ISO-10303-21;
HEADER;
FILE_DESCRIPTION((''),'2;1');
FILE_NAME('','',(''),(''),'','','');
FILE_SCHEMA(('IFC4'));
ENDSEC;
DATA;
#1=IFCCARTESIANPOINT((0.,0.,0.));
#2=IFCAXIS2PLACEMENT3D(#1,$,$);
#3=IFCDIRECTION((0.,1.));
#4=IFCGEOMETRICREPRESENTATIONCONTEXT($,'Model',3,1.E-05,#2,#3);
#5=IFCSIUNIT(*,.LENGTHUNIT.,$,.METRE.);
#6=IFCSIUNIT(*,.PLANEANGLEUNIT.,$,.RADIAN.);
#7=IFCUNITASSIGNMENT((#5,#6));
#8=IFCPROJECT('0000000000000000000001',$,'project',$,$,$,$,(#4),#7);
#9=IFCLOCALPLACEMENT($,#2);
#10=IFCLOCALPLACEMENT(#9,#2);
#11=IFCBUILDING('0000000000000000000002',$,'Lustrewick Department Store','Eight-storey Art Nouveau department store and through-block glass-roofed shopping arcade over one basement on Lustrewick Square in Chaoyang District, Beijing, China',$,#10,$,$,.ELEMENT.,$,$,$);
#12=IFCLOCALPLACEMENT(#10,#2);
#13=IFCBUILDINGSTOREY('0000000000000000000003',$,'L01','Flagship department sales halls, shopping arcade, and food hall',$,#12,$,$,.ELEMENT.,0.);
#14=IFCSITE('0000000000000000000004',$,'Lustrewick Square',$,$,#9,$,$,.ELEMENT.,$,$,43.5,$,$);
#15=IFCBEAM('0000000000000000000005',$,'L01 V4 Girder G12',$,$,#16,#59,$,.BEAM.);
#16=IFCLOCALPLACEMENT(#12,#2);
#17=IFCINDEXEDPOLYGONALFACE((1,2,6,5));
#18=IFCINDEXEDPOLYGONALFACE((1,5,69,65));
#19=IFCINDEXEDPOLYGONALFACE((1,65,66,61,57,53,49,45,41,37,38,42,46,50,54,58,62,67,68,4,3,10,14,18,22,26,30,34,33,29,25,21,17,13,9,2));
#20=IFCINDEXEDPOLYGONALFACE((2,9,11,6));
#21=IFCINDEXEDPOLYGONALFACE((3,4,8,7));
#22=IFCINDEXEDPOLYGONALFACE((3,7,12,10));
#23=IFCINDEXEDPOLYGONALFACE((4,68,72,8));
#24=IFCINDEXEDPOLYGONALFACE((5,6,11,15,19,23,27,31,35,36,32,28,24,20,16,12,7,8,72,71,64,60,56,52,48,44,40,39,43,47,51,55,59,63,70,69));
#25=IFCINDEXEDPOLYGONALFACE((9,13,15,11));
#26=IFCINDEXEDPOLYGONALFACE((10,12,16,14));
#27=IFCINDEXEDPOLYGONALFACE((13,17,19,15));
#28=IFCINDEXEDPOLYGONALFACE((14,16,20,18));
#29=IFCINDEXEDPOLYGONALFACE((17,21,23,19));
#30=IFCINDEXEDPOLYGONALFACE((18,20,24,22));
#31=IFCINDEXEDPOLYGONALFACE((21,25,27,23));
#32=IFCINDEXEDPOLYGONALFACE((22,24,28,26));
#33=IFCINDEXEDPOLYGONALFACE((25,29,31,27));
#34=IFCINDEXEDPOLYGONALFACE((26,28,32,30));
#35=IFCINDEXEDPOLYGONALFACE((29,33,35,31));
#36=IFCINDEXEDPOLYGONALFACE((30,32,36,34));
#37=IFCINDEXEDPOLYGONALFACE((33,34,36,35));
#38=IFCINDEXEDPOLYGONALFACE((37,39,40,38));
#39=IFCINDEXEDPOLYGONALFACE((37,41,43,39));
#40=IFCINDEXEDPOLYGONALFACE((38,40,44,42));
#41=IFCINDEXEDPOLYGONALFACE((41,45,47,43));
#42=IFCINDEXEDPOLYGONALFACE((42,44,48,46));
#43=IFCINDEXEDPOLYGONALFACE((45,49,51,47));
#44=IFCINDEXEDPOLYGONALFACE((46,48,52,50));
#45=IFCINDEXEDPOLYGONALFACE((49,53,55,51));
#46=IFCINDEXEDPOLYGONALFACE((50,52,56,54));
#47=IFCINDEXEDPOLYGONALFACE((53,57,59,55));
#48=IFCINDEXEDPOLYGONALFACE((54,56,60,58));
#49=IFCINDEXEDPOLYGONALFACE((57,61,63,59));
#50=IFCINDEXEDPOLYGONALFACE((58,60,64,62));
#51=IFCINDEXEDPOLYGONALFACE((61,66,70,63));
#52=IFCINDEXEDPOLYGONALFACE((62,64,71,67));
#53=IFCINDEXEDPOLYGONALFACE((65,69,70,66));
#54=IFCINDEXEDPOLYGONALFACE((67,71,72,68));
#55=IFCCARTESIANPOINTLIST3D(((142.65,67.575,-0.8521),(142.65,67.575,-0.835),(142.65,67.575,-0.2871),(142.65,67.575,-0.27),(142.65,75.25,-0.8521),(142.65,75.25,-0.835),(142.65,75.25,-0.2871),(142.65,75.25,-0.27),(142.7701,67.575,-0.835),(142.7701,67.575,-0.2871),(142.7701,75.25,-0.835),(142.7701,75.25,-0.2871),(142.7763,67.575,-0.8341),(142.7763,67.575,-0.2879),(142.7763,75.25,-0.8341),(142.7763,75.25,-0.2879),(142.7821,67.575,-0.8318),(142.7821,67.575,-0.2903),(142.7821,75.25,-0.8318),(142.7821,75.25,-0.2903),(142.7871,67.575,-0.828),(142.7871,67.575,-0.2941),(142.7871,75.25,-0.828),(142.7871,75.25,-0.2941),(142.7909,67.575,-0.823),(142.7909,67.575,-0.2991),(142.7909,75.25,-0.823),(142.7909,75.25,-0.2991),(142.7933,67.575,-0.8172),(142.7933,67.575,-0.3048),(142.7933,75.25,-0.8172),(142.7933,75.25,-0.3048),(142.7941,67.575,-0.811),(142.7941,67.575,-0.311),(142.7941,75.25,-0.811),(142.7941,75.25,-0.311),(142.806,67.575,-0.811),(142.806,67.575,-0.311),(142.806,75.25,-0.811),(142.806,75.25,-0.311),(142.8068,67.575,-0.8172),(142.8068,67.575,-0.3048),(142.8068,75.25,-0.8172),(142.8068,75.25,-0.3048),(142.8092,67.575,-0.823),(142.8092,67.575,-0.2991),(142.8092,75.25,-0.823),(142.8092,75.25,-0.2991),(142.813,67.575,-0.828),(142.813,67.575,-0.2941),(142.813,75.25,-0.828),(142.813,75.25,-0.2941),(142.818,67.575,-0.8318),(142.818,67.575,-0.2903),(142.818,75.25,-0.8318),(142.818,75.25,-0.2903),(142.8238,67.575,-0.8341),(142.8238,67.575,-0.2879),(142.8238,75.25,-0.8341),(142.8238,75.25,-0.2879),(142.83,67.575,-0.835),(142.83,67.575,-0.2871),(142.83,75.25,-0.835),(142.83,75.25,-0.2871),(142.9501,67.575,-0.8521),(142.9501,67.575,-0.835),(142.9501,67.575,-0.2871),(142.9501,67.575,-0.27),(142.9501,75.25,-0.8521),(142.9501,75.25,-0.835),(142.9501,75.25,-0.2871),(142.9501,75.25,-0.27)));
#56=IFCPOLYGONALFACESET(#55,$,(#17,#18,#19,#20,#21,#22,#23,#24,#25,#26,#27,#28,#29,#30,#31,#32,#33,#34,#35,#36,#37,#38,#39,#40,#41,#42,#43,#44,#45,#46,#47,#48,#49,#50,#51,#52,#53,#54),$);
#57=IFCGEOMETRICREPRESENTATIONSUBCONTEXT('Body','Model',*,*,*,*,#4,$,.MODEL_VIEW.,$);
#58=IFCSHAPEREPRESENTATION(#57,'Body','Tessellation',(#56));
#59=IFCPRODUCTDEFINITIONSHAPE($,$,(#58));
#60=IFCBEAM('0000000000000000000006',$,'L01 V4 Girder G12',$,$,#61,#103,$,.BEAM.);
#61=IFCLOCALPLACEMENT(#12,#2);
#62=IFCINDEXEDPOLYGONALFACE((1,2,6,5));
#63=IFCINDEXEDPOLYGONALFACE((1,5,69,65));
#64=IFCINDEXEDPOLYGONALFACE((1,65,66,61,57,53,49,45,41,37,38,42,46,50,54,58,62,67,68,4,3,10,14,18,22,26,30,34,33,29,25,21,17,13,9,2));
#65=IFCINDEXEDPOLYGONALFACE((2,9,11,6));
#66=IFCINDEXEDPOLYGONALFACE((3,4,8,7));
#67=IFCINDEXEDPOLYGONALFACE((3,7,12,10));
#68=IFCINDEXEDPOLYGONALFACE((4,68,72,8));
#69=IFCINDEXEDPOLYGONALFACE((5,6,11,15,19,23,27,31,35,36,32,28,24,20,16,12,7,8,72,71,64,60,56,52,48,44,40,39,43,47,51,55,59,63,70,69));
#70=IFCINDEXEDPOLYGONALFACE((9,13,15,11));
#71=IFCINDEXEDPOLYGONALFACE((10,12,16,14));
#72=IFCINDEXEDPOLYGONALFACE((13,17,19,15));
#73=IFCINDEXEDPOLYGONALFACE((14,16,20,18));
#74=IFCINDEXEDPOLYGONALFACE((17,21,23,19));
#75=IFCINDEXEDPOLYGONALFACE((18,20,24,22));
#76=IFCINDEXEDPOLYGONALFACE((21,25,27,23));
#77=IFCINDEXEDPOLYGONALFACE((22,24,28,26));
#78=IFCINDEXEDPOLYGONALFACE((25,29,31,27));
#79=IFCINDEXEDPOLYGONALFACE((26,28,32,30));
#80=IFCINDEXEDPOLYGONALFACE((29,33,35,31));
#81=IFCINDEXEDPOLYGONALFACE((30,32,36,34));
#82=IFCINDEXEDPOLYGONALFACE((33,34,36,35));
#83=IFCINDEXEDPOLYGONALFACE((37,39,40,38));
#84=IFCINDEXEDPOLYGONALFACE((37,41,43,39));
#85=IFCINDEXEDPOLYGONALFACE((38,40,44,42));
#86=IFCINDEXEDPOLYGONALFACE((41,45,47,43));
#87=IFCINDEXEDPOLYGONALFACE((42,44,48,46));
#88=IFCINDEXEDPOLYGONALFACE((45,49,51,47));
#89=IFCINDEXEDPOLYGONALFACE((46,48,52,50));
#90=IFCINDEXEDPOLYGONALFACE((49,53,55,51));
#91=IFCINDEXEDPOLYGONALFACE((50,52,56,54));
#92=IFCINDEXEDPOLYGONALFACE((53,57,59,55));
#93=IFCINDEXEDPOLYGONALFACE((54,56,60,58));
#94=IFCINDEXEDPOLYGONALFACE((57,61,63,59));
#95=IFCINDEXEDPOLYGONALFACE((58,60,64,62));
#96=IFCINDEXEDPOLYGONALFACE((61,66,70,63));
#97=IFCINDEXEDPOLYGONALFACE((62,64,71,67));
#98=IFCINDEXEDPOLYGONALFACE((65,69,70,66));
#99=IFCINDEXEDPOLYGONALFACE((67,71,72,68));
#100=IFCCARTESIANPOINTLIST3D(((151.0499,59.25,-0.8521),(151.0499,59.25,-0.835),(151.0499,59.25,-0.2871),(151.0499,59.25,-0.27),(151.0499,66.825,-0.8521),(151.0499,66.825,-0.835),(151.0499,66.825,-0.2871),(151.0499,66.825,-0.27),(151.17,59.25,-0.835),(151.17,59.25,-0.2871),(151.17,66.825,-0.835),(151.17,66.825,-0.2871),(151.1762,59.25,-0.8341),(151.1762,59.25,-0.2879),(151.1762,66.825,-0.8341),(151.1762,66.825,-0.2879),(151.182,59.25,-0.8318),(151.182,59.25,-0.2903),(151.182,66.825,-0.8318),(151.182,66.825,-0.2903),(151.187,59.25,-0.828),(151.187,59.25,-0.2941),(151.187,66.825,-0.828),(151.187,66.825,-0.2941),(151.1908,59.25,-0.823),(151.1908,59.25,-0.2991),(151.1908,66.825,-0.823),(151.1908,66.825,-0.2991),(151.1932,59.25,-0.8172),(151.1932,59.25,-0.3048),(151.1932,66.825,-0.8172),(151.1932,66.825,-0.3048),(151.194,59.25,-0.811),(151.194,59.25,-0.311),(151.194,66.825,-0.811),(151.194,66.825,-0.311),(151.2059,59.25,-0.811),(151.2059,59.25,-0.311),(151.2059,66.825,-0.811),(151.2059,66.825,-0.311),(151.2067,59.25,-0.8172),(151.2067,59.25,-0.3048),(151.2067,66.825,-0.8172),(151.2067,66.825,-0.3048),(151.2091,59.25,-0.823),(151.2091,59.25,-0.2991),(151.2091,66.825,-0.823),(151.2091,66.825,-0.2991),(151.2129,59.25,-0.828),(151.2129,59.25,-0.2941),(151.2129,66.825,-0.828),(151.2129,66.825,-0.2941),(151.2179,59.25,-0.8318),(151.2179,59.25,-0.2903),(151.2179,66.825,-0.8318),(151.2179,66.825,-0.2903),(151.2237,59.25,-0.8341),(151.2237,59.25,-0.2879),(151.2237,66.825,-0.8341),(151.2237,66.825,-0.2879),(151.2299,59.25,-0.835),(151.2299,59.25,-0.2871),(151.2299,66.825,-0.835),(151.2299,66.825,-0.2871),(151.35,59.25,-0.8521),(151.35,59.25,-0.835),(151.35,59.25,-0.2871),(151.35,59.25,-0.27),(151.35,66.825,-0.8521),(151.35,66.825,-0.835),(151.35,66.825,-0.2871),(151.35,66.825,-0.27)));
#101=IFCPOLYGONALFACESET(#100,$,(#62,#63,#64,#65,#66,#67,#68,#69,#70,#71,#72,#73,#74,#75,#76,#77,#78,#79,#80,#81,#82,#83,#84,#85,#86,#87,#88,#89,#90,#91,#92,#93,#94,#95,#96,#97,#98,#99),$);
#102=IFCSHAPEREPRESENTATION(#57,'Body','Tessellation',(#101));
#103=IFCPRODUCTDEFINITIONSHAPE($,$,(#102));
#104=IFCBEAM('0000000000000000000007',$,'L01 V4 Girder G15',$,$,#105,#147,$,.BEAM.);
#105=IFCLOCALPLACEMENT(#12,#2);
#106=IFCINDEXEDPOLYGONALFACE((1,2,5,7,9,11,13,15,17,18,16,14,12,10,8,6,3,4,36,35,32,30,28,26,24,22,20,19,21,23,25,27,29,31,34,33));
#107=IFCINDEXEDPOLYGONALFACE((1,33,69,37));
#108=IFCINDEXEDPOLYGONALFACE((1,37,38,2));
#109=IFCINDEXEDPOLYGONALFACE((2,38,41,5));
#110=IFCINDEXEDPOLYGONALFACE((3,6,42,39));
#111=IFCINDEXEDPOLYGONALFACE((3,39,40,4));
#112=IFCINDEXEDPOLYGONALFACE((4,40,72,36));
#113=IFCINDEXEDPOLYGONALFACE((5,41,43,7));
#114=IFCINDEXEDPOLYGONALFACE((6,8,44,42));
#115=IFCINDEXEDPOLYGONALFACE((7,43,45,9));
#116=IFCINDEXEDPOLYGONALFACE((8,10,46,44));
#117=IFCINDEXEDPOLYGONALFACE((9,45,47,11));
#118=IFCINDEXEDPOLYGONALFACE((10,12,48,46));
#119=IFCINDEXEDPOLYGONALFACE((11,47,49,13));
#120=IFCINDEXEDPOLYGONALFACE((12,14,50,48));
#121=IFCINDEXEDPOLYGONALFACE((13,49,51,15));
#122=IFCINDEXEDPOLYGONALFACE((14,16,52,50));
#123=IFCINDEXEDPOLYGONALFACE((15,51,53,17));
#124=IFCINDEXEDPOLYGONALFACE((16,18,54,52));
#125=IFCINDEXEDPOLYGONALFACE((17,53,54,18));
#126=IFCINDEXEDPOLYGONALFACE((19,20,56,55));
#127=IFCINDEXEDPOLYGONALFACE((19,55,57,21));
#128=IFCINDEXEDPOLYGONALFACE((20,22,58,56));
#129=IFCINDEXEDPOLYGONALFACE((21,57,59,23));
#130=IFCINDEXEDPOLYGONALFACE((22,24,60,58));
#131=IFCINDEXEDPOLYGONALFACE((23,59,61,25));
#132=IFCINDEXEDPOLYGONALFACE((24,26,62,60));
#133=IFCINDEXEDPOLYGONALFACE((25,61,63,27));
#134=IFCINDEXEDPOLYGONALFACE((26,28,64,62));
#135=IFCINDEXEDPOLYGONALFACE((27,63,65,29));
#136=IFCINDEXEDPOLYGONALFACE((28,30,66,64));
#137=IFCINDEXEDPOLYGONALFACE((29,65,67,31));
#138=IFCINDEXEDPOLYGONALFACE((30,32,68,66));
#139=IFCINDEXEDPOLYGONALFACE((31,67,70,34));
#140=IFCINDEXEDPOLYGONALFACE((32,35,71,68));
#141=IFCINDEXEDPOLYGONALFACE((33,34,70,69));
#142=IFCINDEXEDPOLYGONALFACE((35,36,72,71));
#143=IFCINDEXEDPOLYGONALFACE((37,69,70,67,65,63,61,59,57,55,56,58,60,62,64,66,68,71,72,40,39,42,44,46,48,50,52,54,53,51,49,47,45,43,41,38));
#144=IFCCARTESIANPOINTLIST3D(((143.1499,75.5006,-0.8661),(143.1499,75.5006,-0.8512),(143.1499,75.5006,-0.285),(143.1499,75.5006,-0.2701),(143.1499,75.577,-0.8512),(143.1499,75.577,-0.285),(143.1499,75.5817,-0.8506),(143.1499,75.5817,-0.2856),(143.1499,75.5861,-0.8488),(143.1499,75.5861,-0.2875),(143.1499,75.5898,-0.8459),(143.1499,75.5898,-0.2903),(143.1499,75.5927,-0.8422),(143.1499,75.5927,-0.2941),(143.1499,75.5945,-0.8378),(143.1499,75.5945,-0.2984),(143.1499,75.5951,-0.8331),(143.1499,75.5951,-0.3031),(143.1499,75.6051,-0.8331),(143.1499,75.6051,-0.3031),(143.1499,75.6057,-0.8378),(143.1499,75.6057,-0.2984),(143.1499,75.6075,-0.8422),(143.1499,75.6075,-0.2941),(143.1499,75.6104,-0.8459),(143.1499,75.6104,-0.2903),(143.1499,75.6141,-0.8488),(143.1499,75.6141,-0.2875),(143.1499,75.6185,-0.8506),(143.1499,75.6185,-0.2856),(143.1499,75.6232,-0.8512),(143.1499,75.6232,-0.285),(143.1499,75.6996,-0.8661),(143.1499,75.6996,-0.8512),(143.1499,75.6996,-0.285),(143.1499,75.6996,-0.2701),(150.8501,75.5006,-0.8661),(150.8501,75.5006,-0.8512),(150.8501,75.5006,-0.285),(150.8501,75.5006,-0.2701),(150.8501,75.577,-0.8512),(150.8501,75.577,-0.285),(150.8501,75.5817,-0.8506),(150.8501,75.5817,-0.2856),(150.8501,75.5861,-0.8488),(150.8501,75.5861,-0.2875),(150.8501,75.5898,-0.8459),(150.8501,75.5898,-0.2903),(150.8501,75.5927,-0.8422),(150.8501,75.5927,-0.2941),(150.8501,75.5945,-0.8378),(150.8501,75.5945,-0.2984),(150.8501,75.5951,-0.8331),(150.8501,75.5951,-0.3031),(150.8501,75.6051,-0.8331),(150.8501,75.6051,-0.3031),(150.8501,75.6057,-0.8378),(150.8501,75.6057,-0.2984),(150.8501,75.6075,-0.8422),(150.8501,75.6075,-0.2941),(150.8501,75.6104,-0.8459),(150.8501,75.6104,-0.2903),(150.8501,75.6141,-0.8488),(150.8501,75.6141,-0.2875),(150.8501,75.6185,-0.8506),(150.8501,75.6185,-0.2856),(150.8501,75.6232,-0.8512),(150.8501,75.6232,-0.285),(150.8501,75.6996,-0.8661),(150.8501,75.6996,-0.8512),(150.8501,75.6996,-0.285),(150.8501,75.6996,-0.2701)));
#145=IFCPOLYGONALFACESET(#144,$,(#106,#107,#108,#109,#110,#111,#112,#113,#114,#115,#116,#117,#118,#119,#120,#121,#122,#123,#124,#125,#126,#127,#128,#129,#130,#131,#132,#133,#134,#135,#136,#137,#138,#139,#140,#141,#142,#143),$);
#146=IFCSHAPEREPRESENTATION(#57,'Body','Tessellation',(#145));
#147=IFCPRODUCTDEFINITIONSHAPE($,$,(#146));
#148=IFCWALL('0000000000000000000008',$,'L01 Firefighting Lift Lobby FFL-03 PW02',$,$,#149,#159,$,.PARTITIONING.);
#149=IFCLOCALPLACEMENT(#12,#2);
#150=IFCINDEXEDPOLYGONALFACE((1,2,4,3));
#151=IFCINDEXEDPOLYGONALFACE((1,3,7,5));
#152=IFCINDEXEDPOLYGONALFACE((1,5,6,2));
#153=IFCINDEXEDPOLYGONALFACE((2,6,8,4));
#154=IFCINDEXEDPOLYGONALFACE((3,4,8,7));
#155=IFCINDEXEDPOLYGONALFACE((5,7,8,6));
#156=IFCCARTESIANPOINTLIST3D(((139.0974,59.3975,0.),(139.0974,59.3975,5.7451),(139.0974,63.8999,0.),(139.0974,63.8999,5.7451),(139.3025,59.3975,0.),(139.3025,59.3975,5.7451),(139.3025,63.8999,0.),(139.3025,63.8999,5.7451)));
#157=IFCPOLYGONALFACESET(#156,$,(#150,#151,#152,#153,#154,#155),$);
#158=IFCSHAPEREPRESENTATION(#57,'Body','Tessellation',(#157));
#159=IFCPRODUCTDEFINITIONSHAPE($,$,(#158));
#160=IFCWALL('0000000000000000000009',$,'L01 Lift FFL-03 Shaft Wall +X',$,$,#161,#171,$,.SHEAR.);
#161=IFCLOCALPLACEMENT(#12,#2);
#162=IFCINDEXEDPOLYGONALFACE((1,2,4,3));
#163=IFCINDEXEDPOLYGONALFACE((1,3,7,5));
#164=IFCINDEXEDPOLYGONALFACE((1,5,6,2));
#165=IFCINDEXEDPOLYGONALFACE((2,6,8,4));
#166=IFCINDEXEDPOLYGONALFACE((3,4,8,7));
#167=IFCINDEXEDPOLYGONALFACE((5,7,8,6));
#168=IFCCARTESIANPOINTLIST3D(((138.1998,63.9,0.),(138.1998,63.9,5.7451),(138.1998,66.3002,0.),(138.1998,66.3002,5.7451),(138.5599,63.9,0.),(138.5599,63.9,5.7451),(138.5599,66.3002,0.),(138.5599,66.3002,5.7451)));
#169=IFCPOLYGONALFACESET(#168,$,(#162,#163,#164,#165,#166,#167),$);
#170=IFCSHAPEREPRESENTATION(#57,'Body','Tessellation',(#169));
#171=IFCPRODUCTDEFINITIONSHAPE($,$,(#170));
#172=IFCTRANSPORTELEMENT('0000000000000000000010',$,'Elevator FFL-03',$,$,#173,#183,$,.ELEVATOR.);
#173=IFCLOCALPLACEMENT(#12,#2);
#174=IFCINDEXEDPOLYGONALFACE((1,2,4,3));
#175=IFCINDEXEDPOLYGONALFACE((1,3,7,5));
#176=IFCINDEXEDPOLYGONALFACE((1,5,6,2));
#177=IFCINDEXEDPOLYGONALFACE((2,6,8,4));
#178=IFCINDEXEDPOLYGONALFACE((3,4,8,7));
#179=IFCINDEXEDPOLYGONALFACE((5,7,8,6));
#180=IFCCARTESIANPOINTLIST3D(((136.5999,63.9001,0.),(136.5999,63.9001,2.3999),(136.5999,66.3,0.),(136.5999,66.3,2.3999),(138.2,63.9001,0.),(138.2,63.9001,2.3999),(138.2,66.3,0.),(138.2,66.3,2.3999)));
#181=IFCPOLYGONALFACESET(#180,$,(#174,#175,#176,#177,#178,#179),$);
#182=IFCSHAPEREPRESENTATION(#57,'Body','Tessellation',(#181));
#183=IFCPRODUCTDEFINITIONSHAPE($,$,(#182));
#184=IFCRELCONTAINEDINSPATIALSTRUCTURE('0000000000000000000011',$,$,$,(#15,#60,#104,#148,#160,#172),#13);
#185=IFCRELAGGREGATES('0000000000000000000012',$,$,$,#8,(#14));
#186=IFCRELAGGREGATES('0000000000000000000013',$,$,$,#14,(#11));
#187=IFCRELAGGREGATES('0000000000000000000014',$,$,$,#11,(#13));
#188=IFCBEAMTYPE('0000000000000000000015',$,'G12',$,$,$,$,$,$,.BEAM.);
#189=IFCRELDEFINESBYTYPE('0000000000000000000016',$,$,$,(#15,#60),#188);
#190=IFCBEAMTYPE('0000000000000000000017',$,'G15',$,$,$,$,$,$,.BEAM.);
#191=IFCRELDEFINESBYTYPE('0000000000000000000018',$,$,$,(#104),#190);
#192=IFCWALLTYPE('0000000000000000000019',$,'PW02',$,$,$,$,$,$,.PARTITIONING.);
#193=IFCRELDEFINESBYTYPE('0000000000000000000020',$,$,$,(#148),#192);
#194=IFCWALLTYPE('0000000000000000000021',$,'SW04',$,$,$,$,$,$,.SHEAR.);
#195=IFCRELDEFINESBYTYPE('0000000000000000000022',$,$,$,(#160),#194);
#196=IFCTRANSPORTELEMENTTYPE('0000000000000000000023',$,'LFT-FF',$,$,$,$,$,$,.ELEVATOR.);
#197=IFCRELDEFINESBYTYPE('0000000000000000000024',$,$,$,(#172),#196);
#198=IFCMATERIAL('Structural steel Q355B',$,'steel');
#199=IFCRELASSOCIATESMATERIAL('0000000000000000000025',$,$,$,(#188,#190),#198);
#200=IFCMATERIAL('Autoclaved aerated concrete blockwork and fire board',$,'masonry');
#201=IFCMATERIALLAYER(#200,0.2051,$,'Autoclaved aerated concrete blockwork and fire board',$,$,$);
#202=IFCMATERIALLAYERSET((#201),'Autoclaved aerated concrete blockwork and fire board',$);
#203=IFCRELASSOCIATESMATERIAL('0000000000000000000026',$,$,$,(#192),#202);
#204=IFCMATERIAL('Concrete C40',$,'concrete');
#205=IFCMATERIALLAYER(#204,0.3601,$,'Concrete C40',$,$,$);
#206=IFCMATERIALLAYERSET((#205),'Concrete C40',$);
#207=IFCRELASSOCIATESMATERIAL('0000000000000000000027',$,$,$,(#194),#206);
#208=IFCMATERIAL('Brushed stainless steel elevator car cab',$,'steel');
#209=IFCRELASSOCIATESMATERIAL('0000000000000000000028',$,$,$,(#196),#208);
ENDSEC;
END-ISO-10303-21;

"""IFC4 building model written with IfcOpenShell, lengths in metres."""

from ifc_helpers import new_model, si_unit, direction, frame, frame_2d, origin, origin_2d, place, context, subcontext, project, spatial, rectangle, i_section, extrude, material, layer, layer_set, material_profile, profile_set, type_object, element, save


model = new_model("IFC4")

# Units and contexts
model_context = context("Model", 3, precision=1e-05, world=origin(), true_north=direction((0.0, 1.0)))
body_context = subcontext(model_context, "Body", "Model", "MODEL_VIEW")
ifc_project = project(units=[si_unit("LENGTHUNIT", "METRE"), si_unit("PLANEANGLEUNIT", "RADIAN")], contexts=[model_context])

# Site, building, storey
site_placement = place(None, origin())
site = spatial("IfcSite", under=ifc_project, at=site_placement, Name="Lustrewick Square", CompositionType="ELEMENT", RefElevation=43.5)
building_placement = place(site_placement, origin())
building = spatial("IfcBuilding", under=site, at=building_placement, Name="Lustrewick Department Store", Description="Eight-storey Art Nouveau department store and through-block glass-roofed shopping arcade over one basement on Lustrewick Square in Chaoyang District, Beijing, China", CompositionType="ELEMENT")
storey_placement = place(building_placement, origin())
storey = spatial("IfcBuildingStorey", under=building, at=storey_placement, Name="L01", Description="Flagship department sales halls, shopping arcade, and food hall", CompositionType="ELEMENT", Elevation=0.0)

# Shared definitions
ifc_material_1 = material(Name="Structural steel Q355B", Category="steel")
ifc_material_2 = material(Name="Concrete C40", Category="concrete")

# Beams
ifc_material_profile_1 = material_profile(ifc_material_1, i_section(OverallWidth=0.3, OverallDepth=0.582, WebThickness=0.012, FlangeThickness=0.0171, FilletRadius=0.0239, at=origin_2d()), Name="HM 582x300x12x17")
ifc_profile_set_1 = profile_set([ifc_material_profile_1], Name="Structural steel Q355B")
beam_type_1 = type_object("IfcBeamType", Name="G12", PredefinedType="BEAM", material=ifc_profile_set_1)
beam_1_placement = place(storey_placement, frame((142.8, 67.575, -0.561), z_axis=(0.0, 1.0, 0.0), x_axis=(-1.0, 0.0, 0.0)))
element("IfcBeam", 1, at=beam_1_placement, inside=storey, type_object=beam_type_1, Name="L01 V4 Girder G12", PredefinedType="BEAM", context=body_context, shape_type="SweptSolid", body=[
    extrude(i_section(OverallWidth=0.3, OverallDepth=0.582, WebThickness=0.012, FlangeThickness=0.0171, FilletRadius=0.0239, at=origin_2d()), origin(), (0.0, 0.0, 1.0), 7.675),
])
beam_2_placement = place(storey_placement, frame((151.2, 59.25, -0.561), z_axis=(0.0, 1.0, 0.0), x_axis=(-1.0, 0.0, 0.0)))
element("IfcBeam", 2, at=beam_2_placement, inside=storey, type_object=beam_type_1, Name="L01 V4 Girder G12", PredefinedType="BEAM", context=body_context, shape_type="SweptSolid", body=[
    extrude(i_section(OverallWidth=0.3, OverallDepth=0.582, WebThickness=0.012, FlangeThickness=0.0171, FilletRadius=0.0239, at=origin_2d()), origin(), (0.0, 0.0, 1.0), 7.575),
])
ifc_material_profile_2 = material_profile(ifc_material_1, i_section(OverallWidth=0.199, OverallDepth=0.5959, WebThickness=0.01, FlangeThickness=0.0149, FilletRadius=0.0181, at=origin_2d()), Name="HN 596x199x10x15")
ifc_profile_set_2 = profile_set([ifc_material_profile_2], Name="Structural steel Q355B")
beam_type_2 = type_object("IfcBeamType", Name="G15", PredefinedType="BEAM", material=ifc_profile_set_2)
beam_3_placement = place(storey_placement, frame((143.1499, 75.6001, -0.5681), z_axis=(1.0, 0.0, 0.0), x_axis=(0.0, 1.0, 0.0)))
element("IfcBeam", 3, at=beam_3_placement, inside=storey, type_object=beam_type_2, Name="L01 V4 Girder G15", PredefinedType="BEAM", context=body_context, shape_type="SweptSolid", body=[
    extrude(i_section(OverallWidth=0.199, OverallDepth=0.5959, WebThickness=0.01, FlangeThickness=0.0149, FilletRadius=0.0181, at=origin_2d()), origin(), (0.0, 0.0, 1.0), 7.7002),
])

# Walls
ifc_material_3 = material(Name="Autoclaved aerated concrete blockwork and fire board", Category="masonry")
ifc_layer_1 = layer(ifc_material_3, 0.2051, Name="Autoclaved aerated concrete blockwork and fire board")
ifc_layer_set_1 = layer_set([ifc_layer_1], Name="Autoclaved aerated concrete blockwork and fire board")
wall_type_1 = type_object("IfcWallType", Name="PW02", PredefinedType="PARTITIONING", material=ifc_layer_set_1)
wall_1_placement = place(storey_placement, frame((139.2, 59.3975, 0.0), z_axis=(0.0, 0.0, 1.0), x_axis=(0.0, 1.0, 0.0)))
element("IfcWall", 4, at=wall_1_placement, inside=storey, type_object=wall_type_1, Name="L01 Firefighting Lift Lobby FFL-03 PW02", PredefinedType="PARTITIONING", context=body_context, shape_type="SweptSolid", body=[
    extrude(rectangle(XDim=4.5024, YDim=0.2051, at=frame_2d((2.2512, 0.0))), origin(), (0.0, 0.0, 1.0), 5.7451),
])
ifc_layer_2 = layer(ifc_material_2, 0.3601, Name="Concrete C40")
ifc_layer_set_2 = layer_set([ifc_layer_2], Name="Concrete C40")
wall_type_2 = type_object("IfcWallType", Name="SW04", PredefinedType="SHEAR", material=ifc_layer_set_2)
wall_2_placement = place(storey_placement, frame((138.3799, 63.8999, 0.0), z_axis=(0.0, 0.0, 1.0), x_axis=(0.0, 1.0, 0.0)))
element("IfcWall", 5, at=wall_2_placement, inside=storey, type_object=wall_type_2, Name="L01 Lift FFL-03 Shaft Wall +X", PredefinedType="SHEAR", context=body_context, shape_type="SweptSolid", body=[
    extrude(rectangle(XDim=2.4001, YDim=0.3601, at=frame_2d((1.2002, 0.0))), origin(), (0.0, 0.0, 1.0), 5.7451),
])

# Transport element
ifc_material_4 = material(Name="Brushed stainless steel elevator car cab", Category="steel")
transport_element_type = type_object("IfcTransportElementType", Name="LFT-FF", PredefinedType="ELEVATOR", material=ifc_material_4)
transport_element_placement = place(storey_placement, frame((137.3999, 65.1001, 0.0), z_axis=(0.0, 0.0, 1.0), x_axis=(1.0, 0.0, 0.0)))
element("IfcTransportElement", 6, at=transport_element_placement, inside=storey, type_object=transport_element_type, Name="Elevator FFL-03", PredefinedType="ELEVATOR", context=body_context, shape_type="SweptSolid", body=[
    extrude(rectangle(XDim=1.6001, YDim=2.3999, at=origin_2d()), origin(), (0.0, 0.0, 1.0), 2.3999),
])

save(model, "model.ifc")
